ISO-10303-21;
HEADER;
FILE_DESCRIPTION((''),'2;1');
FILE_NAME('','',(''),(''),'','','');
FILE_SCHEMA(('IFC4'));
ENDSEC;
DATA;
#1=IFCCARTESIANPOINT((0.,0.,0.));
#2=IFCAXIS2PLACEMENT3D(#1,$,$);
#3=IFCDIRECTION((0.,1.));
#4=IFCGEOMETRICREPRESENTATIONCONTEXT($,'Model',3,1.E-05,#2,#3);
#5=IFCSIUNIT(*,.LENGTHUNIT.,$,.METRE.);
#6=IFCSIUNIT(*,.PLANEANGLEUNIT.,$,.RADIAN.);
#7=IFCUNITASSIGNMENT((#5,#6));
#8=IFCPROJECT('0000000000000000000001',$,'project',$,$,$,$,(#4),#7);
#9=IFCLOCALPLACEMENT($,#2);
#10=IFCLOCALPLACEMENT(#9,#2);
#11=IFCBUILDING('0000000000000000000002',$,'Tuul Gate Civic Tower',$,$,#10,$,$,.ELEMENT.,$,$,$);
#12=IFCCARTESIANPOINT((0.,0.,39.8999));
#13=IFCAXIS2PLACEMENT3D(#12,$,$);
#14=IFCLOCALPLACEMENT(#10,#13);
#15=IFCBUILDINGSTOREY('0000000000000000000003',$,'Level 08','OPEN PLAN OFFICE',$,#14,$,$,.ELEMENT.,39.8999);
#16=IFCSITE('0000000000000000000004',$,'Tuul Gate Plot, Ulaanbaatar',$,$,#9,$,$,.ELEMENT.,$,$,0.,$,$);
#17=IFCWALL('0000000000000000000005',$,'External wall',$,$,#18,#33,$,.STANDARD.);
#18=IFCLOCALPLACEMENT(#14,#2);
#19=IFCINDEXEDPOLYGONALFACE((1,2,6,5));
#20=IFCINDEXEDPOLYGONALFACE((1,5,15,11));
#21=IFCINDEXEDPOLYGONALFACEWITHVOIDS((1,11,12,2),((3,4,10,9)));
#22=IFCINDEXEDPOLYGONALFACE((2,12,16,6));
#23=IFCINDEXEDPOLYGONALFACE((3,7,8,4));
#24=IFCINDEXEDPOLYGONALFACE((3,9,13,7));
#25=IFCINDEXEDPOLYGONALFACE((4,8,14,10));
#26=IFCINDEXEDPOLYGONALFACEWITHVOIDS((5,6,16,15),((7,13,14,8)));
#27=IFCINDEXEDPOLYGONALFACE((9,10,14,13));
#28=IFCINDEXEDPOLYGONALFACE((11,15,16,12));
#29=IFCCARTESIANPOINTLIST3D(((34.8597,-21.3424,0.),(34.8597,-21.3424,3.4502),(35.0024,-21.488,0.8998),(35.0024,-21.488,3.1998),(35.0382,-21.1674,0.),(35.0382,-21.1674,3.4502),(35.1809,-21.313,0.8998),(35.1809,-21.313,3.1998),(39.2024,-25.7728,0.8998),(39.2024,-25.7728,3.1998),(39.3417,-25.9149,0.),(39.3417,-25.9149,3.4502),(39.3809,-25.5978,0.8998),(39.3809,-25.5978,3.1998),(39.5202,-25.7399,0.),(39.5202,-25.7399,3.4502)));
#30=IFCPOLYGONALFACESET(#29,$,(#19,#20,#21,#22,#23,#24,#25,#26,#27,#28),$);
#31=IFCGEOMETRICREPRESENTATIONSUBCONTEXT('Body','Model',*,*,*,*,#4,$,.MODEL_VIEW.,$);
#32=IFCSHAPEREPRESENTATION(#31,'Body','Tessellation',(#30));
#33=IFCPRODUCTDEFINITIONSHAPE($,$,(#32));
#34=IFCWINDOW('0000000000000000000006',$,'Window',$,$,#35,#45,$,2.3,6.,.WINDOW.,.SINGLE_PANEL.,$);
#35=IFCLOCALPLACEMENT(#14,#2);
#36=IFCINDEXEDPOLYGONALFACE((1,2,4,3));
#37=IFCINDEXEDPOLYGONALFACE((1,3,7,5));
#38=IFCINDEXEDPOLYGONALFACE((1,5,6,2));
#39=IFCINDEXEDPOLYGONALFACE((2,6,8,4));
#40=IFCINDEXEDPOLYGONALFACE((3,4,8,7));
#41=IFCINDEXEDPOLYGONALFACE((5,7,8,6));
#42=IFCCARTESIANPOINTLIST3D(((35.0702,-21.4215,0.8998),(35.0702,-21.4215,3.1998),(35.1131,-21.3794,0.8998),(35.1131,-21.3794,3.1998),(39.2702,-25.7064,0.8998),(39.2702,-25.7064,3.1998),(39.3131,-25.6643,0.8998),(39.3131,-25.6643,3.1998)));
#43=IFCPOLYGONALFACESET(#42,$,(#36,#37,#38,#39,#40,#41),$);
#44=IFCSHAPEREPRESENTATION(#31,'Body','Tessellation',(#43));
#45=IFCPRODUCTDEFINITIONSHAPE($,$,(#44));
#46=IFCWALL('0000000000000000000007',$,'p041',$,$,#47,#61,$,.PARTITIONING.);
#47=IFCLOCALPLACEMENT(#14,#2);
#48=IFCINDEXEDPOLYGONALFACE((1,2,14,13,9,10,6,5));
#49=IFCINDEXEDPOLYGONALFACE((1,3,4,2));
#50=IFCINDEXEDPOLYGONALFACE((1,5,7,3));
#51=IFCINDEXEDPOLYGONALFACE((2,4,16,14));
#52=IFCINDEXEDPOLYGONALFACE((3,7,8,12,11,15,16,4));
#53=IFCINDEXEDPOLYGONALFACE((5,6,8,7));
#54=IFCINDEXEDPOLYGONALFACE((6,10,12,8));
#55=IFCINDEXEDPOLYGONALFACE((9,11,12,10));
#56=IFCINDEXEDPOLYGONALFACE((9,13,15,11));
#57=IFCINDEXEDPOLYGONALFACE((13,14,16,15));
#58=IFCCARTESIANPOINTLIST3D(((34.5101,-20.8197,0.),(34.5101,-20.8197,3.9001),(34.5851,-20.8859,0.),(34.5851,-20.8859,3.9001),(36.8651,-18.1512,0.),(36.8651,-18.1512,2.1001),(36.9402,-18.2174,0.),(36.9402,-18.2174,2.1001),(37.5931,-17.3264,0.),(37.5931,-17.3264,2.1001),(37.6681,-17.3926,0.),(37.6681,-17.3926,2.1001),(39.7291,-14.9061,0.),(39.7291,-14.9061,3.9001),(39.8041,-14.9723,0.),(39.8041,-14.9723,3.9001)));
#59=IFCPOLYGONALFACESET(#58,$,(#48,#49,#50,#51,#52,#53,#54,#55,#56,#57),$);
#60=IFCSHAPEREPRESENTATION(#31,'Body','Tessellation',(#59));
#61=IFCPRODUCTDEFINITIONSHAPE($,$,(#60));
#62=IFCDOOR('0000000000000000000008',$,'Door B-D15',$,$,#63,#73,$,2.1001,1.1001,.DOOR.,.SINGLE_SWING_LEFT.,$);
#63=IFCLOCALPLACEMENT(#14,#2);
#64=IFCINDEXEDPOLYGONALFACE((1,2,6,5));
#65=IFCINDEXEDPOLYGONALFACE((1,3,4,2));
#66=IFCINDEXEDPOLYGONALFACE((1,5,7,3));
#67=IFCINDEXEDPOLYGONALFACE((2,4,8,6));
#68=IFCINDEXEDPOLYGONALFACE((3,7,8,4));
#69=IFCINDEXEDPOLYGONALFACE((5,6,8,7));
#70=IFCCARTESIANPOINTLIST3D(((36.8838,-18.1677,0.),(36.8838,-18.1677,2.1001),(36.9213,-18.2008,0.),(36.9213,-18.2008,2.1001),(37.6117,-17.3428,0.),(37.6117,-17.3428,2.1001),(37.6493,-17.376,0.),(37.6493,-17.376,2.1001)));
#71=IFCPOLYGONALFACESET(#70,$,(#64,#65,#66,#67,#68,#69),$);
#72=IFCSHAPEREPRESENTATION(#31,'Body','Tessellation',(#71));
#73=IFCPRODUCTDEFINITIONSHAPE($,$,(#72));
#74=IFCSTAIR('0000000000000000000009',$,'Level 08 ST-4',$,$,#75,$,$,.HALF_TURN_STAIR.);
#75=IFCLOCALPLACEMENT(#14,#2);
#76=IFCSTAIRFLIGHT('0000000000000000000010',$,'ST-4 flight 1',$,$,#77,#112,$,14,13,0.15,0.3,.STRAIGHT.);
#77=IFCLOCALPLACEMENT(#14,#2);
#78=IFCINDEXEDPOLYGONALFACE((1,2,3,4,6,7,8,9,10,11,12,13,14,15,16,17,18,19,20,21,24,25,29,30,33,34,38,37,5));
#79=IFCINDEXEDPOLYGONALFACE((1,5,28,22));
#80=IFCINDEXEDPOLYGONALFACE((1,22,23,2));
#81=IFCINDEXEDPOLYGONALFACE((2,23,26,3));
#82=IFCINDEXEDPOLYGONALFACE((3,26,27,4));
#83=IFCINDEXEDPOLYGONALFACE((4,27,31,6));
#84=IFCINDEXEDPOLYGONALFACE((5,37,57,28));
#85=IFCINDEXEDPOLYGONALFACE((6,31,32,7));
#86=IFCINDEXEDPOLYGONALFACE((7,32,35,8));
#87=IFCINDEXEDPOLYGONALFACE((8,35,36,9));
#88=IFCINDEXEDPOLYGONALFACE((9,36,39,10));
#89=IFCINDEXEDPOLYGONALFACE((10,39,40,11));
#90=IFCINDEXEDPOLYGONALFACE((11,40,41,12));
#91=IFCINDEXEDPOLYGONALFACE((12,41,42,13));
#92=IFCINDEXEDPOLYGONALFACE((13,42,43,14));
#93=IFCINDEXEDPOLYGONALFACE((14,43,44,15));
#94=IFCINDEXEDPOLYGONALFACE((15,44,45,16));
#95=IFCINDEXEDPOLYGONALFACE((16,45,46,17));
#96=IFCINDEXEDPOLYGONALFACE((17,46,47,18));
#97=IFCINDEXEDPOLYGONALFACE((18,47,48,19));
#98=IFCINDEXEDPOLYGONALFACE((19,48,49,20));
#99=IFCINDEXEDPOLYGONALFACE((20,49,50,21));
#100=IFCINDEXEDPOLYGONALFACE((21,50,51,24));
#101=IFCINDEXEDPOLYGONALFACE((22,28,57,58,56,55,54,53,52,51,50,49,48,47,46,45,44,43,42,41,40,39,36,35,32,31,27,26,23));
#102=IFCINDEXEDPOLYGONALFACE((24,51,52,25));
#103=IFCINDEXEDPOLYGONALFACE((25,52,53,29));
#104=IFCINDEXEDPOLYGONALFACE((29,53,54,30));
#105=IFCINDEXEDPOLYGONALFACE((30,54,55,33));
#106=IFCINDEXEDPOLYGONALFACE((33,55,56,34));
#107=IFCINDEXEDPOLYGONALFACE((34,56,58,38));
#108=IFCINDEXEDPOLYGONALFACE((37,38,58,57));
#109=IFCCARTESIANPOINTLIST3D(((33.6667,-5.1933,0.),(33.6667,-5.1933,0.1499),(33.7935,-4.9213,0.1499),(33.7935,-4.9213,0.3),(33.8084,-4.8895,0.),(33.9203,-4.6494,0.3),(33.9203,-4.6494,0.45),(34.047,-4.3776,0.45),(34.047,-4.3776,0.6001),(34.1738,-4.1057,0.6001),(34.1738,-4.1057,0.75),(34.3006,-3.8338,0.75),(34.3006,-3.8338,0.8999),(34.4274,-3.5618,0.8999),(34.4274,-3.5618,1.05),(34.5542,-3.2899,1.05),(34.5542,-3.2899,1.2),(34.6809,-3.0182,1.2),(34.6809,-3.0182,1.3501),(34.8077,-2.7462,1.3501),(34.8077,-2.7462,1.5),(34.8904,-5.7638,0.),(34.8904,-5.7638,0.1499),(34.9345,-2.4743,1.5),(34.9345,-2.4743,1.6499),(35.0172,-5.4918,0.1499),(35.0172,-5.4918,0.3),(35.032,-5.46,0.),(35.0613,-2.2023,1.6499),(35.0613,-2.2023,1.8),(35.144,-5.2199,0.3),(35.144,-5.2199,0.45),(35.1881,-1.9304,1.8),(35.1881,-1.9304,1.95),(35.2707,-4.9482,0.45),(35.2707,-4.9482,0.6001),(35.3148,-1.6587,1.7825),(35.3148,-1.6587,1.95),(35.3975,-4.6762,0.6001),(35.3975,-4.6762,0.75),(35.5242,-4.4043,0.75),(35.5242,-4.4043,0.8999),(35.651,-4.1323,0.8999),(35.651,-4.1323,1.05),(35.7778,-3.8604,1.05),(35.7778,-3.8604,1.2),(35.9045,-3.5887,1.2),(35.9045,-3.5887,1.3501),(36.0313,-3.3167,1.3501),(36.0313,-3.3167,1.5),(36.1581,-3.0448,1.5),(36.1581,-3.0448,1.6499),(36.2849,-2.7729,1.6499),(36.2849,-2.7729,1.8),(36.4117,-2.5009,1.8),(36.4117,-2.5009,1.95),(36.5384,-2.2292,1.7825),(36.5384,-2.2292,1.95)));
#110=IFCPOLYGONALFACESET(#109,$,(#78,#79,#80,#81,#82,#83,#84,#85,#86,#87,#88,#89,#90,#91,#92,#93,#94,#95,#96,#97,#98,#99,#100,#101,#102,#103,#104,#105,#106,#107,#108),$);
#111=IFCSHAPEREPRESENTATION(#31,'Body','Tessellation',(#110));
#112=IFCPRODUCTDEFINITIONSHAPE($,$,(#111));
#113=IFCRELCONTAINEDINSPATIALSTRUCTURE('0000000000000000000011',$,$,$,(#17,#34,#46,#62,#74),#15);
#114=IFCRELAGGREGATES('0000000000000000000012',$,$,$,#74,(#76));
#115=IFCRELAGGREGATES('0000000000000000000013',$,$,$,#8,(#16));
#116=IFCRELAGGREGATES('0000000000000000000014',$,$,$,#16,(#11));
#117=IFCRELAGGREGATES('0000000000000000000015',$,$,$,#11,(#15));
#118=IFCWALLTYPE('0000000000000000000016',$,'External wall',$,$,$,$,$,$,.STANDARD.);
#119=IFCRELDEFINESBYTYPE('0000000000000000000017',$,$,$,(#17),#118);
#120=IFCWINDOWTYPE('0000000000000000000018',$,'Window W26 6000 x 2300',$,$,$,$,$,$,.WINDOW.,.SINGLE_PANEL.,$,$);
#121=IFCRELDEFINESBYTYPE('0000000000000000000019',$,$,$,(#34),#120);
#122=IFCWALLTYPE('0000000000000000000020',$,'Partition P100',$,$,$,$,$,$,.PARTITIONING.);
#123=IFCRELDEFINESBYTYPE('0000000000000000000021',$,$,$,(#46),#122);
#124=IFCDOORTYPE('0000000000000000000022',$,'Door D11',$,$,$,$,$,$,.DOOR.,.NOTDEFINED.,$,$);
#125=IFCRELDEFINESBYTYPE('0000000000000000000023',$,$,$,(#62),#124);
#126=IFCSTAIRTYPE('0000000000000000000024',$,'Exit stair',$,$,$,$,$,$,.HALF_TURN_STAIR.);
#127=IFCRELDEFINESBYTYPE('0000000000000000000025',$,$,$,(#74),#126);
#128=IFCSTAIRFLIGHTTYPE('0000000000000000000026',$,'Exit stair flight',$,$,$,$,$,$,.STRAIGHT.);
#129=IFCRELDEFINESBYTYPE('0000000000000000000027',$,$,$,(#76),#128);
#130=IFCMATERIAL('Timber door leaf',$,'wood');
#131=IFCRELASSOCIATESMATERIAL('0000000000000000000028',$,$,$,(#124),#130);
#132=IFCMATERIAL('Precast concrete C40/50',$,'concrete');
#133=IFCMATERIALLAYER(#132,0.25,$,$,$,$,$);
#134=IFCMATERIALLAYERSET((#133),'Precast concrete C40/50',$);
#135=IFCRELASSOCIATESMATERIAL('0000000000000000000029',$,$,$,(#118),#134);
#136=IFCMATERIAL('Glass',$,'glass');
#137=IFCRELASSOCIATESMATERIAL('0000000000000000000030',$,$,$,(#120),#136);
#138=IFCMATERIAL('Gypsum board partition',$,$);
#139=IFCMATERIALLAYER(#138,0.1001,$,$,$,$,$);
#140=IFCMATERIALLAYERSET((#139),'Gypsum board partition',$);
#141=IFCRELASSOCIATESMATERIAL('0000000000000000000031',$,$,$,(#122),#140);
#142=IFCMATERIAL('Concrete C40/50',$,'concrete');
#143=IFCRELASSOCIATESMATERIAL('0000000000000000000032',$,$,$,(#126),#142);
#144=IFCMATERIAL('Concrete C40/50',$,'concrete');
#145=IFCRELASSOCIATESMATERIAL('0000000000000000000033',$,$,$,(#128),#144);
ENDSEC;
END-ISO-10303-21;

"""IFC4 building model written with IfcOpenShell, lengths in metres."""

from ifc_helpers import new_model, si_unit, direction, frame, frame_2d, origin, place, context, subcontext, project, spatial, polyline, rectangle, outline, extrude, material, layer, layer_set, type_object, element, fill, aggregate, save


model = new_model("IFC4")

# Units and contexts
model_context = context("Model", 3, precision=1e-05, world=origin(), true_north=direction((0.0, 1.0)))
body_context = subcontext(model_context, "Body", "Model", "MODEL_VIEW")
ifc_project = project(units=[si_unit("LENGTHUNIT", "METRE"), si_unit("PLANEANGLEUNIT", "RADIAN")], contexts=[model_context])

# Site, building, storey
site_placement = place(None, origin())
site = spatial("IfcSite", under=ifc_project, at=site_placement, Name="Tuul Gate Plot, Ulaanbaatar", CompositionType="ELEMENT", RefElevation=0.0)
building_placement = place(site_placement, origin())
building = spatial("IfcBuilding", under=site, at=building_placement, Name="Tuul Gate Civic Tower", CompositionType="ELEMENT")
storey_placement = place(building_placement, frame((0.0, 0.0, 39.8999)))
storey = spatial("IfcBuildingStorey", under=building, at=storey_placement, Name="Level 08", Description="OPEN PLAN OFFICE", CompositionType="ELEMENT", Elevation=39.8999)

# Shared definitions
ifc_material_1 = material(Name="Timber door leaf", Category="wood")
door_type_1 = type_object("IfcDoorType", Name="Door D11", OperationType="NOTDEFINED", PredefinedType="DOOR", material=ifc_material_1)

# Wall, opening, window
ifc_material_2 = material(Name="Precast concrete C40/50", Category="concrete")
ifc_layer_1 = layer(ifc_material_2, 0.25)
ifc_layer_set_1 = layer_set([ifc_layer_1], Name="Precast concrete C40/50")
wall_type_1 = type_object("IfcWallType", Name="External wall", PredefinedType="STANDARD", material=ifc_layer_set_1)
ifc_material_3 = material(Name="Glass", Category="glass")
window_type_1 = type_object("IfcWindowType", Name="Window W26 6000 x 2300", PartitioningType="SINGLE_PANEL", PredefinedType="WINDOW", material=ifc_material_3)
wall_1_placement = place(storey_placement, frame((34.949, -21.2549, 0.0), z_axis=(0.0, 0.0, 1.0), x_axis=(0.699998, -0.714145, 0.0)))
wall_1 = element("IfcWall", 1, at=wall_1_placement, inside=storey, type_object=wall_type_1, Name="External wall", PredefinedType="STANDARD", context=body_context, shape_type="SweptSolid", body=[
    extrude(rectangle(XDim=6.4028, YDim=0.25, at=frame_2d((3.2014, 0.0))), origin(), (0.0, 0.0, 1.0), 3.4502),
])
opening_1_placement = place(wall_1_placement, frame((0.2039, 0.0, 0.8999)))
opening_1 = element("IfcOpeningElement", 2, at=opening_1_placement, cuts=wall_1, PredefinedType="OPENING", context=body_context, shape_type="SweptSolid", body=[
    extrude(rectangle(XDim=6.0, YDim=2.3, at=frame_2d((3.0, 1.1499))), frame((0.0, 0.135, 0.0), z_axis=(0.0, -1.0, 0.0), x_axis=(1.0, 0.0, 0.0)), (0.0, 0.0, 1.0), 0.27),
])
window_1_placement = place(opening_1_placement, origin())
window_1 = element("IfcWindow", 3, at=window_1_placement, inside=storey, type_object=window_type_1, Name="Window", OverallHeight=2.3, OverallWidth=6.0, PartitioningType="SINGLE_PANEL", PredefinedType="WINDOW", context=body_context, shape_type="SweptSolid", body=[
    extrude(rectangle(XDim=6.0, YDim=2.3, at=frame_2d((3.0, 1.1499))), frame((0.0, 0.03, 0.0), z_axis=(0.0, -1.0, 0.0), x_axis=(1.0, 0.0, 0.0)), (0.0, 0.0, 1.0), 0.0601),
])
fill(opening_1, window_1)

# Wall, opening, door
ifc_material_4 = material(Name="Gypsum board partition")
ifc_layer_2 = layer(ifc_material_4, 0.1001)
ifc_layer_set_2 = layer_set([ifc_layer_2], Name="Gypsum board partition")
wall_type_2 = type_object("IfcWallType", Name="Partition P100", PredefinedType="PARTITIONING", material=ifc_layer_set_2)
wall_2_placement = place(storey_placement, frame((34.5476, -20.8528, 0.0), z_axis=(0.0, 0.0, 1.0), x_axis=(0.661703, 0.749766, 0.0)))
wall_2 = element("IfcWall", 4, at=wall_2_placement, inside=storey, type_object=wall_type_2, Name="p041", PredefinedType="PARTITIONING", context=body_context, shape_type="SweptSolid", body=[
    extrude(rectangle(XDim=7.8872, YDim=0.1001, at=frame_2d((3.9436, 0.0))), origin(), (0.0, 0.0, 1.0), 3.9001),
])
opening_2_placement = place(wall_2_placement, frame((3.5591, 0.0, 0.0)))
opening_2 = element("IfcOpeningElement", 5, at=opening_2_placement, cuts=wall_2, PredefinedType="OPENING", context=body_context, shape_type="SweptSolid", body=[
    extrude(rectangle(XDim=1.1001, YDim=2.1001, at=frame_2d((0.55, 1.05))), frame((0.0, 0.0601, 0.0), z_axis=(0.0, -1.0, 0.0), x_axis=(1.0, 0.0, 0.0)), (0.0, 0.0, 1.0), 0.1201),
])
door_1_placement = place(opening_2_placement, frame((1.1001, 0.0, 0.0), z_axis=(0.0, 0.0, 1.0), x_axis=(-1.0, 0.0, 0.0)))
door_1 = element("IfcDoor", 6, at=door_1_placement, inside=storey, type_object=door_type_1, Name="Door B-D15", OperationType="SINGLE_SWING_LEFT", OverallHeight=2.1001, OverallWidth=1.1001, PredefinedType="DOOR", context=body_context, shape_type="SweptSolid", body=[
    extrude(rectangle(XDim=1.1001, YDim=2.1001, at=frame_2d((0.55, 1.05))), frame((0.0, 0.0249, 0.0), z_axis=(0.0, -1.0, 0.0), x_axis=(1.0, 0.0, 0.0)), (0.0, 0.0, 1.0), 0.05),
])
fill(opening_2, door_1)

# Stair, stair flight
ifc_material_5 = material(Name="Concrete C40/50", Category="concrete")
stair_type = type_object("IfcStairType", Name="Exit stair", PredefinedType="HALF_TURN_STAIR", material=ifc_material_5)
stair_placement = place(storey_placement, origin())
stair = element("IfcStair", 7, at=stair_placement, inside=storey, type_object=stair_type, Name="Level 08 ST-4", PredefinedType="HALF_TURN_STAIR")
ifc_material_6 = material(Name="Concrete C40/50", Category="concrete")
stair_flight_type = type_object("IfcStairFlightType", Name="Exit stair flight", PredefinedType="STRAIGHT", material=ifc_material_6)
stair_flight_placement = place(storey_placement, frame((34.2786, -5.4785, 0.0), z_axis=(0.0, 0.0, 1.0), x_axis=(0.422576, 0.906327, 0.0)))
stair_flight = element("IfcStairFlight", 8, at=stair_flight_placement, type_object=stair_flight_type, Name="ST-4 flight 1", NumberOfRisers=14, NumberOfTreads=13, PredefinedType="STRAIGHT", RiserHeight=0.15, TreadLength=0.3, context=body_context, shape_type="SweptSolid", body=[
    extrude(outline(polyline([(0.0, 0.0), (0.0, 0.1499), (0.3, 0.1499), (0.3, 0.3), (0.6001, 0.3), (0.6001, 0.45), (0.8999, 0.45), (0.8999, 0.6001), (1.2, 0.6001), (1.2, 0.75), (1.5, 0.75), (1.5, 0.8999), (1.8, 0.8999), (1.8, 1.05), (2.1001, 1.05), (2.1001, 1.2), (2.3999, 1.2), (2.3999, 1.3501), (2.7, 1.3501), (2.7, 1.5), (3.0, 1.5), (3.0, 1.6499), (3.3, 1.6499), (3.3, 1.8), (3.6001, 1.8), (3.6001, 1.95), (3.8999, 1.95), (3.8999, 2.1001), (3.8999, 1.7825), (0.3352, 0.0), (0.0, 0.0)])), frame((0.0, 0.675, 0.0), z_axis=(0.0, -1.0, 0.0), x_axis=(1.0, 0.0, 0.0)), (0.0, 0.0, 1.0), 1.3501),
])
aggregate(stair, [stair_flight])

save(model, "model.ifc")
